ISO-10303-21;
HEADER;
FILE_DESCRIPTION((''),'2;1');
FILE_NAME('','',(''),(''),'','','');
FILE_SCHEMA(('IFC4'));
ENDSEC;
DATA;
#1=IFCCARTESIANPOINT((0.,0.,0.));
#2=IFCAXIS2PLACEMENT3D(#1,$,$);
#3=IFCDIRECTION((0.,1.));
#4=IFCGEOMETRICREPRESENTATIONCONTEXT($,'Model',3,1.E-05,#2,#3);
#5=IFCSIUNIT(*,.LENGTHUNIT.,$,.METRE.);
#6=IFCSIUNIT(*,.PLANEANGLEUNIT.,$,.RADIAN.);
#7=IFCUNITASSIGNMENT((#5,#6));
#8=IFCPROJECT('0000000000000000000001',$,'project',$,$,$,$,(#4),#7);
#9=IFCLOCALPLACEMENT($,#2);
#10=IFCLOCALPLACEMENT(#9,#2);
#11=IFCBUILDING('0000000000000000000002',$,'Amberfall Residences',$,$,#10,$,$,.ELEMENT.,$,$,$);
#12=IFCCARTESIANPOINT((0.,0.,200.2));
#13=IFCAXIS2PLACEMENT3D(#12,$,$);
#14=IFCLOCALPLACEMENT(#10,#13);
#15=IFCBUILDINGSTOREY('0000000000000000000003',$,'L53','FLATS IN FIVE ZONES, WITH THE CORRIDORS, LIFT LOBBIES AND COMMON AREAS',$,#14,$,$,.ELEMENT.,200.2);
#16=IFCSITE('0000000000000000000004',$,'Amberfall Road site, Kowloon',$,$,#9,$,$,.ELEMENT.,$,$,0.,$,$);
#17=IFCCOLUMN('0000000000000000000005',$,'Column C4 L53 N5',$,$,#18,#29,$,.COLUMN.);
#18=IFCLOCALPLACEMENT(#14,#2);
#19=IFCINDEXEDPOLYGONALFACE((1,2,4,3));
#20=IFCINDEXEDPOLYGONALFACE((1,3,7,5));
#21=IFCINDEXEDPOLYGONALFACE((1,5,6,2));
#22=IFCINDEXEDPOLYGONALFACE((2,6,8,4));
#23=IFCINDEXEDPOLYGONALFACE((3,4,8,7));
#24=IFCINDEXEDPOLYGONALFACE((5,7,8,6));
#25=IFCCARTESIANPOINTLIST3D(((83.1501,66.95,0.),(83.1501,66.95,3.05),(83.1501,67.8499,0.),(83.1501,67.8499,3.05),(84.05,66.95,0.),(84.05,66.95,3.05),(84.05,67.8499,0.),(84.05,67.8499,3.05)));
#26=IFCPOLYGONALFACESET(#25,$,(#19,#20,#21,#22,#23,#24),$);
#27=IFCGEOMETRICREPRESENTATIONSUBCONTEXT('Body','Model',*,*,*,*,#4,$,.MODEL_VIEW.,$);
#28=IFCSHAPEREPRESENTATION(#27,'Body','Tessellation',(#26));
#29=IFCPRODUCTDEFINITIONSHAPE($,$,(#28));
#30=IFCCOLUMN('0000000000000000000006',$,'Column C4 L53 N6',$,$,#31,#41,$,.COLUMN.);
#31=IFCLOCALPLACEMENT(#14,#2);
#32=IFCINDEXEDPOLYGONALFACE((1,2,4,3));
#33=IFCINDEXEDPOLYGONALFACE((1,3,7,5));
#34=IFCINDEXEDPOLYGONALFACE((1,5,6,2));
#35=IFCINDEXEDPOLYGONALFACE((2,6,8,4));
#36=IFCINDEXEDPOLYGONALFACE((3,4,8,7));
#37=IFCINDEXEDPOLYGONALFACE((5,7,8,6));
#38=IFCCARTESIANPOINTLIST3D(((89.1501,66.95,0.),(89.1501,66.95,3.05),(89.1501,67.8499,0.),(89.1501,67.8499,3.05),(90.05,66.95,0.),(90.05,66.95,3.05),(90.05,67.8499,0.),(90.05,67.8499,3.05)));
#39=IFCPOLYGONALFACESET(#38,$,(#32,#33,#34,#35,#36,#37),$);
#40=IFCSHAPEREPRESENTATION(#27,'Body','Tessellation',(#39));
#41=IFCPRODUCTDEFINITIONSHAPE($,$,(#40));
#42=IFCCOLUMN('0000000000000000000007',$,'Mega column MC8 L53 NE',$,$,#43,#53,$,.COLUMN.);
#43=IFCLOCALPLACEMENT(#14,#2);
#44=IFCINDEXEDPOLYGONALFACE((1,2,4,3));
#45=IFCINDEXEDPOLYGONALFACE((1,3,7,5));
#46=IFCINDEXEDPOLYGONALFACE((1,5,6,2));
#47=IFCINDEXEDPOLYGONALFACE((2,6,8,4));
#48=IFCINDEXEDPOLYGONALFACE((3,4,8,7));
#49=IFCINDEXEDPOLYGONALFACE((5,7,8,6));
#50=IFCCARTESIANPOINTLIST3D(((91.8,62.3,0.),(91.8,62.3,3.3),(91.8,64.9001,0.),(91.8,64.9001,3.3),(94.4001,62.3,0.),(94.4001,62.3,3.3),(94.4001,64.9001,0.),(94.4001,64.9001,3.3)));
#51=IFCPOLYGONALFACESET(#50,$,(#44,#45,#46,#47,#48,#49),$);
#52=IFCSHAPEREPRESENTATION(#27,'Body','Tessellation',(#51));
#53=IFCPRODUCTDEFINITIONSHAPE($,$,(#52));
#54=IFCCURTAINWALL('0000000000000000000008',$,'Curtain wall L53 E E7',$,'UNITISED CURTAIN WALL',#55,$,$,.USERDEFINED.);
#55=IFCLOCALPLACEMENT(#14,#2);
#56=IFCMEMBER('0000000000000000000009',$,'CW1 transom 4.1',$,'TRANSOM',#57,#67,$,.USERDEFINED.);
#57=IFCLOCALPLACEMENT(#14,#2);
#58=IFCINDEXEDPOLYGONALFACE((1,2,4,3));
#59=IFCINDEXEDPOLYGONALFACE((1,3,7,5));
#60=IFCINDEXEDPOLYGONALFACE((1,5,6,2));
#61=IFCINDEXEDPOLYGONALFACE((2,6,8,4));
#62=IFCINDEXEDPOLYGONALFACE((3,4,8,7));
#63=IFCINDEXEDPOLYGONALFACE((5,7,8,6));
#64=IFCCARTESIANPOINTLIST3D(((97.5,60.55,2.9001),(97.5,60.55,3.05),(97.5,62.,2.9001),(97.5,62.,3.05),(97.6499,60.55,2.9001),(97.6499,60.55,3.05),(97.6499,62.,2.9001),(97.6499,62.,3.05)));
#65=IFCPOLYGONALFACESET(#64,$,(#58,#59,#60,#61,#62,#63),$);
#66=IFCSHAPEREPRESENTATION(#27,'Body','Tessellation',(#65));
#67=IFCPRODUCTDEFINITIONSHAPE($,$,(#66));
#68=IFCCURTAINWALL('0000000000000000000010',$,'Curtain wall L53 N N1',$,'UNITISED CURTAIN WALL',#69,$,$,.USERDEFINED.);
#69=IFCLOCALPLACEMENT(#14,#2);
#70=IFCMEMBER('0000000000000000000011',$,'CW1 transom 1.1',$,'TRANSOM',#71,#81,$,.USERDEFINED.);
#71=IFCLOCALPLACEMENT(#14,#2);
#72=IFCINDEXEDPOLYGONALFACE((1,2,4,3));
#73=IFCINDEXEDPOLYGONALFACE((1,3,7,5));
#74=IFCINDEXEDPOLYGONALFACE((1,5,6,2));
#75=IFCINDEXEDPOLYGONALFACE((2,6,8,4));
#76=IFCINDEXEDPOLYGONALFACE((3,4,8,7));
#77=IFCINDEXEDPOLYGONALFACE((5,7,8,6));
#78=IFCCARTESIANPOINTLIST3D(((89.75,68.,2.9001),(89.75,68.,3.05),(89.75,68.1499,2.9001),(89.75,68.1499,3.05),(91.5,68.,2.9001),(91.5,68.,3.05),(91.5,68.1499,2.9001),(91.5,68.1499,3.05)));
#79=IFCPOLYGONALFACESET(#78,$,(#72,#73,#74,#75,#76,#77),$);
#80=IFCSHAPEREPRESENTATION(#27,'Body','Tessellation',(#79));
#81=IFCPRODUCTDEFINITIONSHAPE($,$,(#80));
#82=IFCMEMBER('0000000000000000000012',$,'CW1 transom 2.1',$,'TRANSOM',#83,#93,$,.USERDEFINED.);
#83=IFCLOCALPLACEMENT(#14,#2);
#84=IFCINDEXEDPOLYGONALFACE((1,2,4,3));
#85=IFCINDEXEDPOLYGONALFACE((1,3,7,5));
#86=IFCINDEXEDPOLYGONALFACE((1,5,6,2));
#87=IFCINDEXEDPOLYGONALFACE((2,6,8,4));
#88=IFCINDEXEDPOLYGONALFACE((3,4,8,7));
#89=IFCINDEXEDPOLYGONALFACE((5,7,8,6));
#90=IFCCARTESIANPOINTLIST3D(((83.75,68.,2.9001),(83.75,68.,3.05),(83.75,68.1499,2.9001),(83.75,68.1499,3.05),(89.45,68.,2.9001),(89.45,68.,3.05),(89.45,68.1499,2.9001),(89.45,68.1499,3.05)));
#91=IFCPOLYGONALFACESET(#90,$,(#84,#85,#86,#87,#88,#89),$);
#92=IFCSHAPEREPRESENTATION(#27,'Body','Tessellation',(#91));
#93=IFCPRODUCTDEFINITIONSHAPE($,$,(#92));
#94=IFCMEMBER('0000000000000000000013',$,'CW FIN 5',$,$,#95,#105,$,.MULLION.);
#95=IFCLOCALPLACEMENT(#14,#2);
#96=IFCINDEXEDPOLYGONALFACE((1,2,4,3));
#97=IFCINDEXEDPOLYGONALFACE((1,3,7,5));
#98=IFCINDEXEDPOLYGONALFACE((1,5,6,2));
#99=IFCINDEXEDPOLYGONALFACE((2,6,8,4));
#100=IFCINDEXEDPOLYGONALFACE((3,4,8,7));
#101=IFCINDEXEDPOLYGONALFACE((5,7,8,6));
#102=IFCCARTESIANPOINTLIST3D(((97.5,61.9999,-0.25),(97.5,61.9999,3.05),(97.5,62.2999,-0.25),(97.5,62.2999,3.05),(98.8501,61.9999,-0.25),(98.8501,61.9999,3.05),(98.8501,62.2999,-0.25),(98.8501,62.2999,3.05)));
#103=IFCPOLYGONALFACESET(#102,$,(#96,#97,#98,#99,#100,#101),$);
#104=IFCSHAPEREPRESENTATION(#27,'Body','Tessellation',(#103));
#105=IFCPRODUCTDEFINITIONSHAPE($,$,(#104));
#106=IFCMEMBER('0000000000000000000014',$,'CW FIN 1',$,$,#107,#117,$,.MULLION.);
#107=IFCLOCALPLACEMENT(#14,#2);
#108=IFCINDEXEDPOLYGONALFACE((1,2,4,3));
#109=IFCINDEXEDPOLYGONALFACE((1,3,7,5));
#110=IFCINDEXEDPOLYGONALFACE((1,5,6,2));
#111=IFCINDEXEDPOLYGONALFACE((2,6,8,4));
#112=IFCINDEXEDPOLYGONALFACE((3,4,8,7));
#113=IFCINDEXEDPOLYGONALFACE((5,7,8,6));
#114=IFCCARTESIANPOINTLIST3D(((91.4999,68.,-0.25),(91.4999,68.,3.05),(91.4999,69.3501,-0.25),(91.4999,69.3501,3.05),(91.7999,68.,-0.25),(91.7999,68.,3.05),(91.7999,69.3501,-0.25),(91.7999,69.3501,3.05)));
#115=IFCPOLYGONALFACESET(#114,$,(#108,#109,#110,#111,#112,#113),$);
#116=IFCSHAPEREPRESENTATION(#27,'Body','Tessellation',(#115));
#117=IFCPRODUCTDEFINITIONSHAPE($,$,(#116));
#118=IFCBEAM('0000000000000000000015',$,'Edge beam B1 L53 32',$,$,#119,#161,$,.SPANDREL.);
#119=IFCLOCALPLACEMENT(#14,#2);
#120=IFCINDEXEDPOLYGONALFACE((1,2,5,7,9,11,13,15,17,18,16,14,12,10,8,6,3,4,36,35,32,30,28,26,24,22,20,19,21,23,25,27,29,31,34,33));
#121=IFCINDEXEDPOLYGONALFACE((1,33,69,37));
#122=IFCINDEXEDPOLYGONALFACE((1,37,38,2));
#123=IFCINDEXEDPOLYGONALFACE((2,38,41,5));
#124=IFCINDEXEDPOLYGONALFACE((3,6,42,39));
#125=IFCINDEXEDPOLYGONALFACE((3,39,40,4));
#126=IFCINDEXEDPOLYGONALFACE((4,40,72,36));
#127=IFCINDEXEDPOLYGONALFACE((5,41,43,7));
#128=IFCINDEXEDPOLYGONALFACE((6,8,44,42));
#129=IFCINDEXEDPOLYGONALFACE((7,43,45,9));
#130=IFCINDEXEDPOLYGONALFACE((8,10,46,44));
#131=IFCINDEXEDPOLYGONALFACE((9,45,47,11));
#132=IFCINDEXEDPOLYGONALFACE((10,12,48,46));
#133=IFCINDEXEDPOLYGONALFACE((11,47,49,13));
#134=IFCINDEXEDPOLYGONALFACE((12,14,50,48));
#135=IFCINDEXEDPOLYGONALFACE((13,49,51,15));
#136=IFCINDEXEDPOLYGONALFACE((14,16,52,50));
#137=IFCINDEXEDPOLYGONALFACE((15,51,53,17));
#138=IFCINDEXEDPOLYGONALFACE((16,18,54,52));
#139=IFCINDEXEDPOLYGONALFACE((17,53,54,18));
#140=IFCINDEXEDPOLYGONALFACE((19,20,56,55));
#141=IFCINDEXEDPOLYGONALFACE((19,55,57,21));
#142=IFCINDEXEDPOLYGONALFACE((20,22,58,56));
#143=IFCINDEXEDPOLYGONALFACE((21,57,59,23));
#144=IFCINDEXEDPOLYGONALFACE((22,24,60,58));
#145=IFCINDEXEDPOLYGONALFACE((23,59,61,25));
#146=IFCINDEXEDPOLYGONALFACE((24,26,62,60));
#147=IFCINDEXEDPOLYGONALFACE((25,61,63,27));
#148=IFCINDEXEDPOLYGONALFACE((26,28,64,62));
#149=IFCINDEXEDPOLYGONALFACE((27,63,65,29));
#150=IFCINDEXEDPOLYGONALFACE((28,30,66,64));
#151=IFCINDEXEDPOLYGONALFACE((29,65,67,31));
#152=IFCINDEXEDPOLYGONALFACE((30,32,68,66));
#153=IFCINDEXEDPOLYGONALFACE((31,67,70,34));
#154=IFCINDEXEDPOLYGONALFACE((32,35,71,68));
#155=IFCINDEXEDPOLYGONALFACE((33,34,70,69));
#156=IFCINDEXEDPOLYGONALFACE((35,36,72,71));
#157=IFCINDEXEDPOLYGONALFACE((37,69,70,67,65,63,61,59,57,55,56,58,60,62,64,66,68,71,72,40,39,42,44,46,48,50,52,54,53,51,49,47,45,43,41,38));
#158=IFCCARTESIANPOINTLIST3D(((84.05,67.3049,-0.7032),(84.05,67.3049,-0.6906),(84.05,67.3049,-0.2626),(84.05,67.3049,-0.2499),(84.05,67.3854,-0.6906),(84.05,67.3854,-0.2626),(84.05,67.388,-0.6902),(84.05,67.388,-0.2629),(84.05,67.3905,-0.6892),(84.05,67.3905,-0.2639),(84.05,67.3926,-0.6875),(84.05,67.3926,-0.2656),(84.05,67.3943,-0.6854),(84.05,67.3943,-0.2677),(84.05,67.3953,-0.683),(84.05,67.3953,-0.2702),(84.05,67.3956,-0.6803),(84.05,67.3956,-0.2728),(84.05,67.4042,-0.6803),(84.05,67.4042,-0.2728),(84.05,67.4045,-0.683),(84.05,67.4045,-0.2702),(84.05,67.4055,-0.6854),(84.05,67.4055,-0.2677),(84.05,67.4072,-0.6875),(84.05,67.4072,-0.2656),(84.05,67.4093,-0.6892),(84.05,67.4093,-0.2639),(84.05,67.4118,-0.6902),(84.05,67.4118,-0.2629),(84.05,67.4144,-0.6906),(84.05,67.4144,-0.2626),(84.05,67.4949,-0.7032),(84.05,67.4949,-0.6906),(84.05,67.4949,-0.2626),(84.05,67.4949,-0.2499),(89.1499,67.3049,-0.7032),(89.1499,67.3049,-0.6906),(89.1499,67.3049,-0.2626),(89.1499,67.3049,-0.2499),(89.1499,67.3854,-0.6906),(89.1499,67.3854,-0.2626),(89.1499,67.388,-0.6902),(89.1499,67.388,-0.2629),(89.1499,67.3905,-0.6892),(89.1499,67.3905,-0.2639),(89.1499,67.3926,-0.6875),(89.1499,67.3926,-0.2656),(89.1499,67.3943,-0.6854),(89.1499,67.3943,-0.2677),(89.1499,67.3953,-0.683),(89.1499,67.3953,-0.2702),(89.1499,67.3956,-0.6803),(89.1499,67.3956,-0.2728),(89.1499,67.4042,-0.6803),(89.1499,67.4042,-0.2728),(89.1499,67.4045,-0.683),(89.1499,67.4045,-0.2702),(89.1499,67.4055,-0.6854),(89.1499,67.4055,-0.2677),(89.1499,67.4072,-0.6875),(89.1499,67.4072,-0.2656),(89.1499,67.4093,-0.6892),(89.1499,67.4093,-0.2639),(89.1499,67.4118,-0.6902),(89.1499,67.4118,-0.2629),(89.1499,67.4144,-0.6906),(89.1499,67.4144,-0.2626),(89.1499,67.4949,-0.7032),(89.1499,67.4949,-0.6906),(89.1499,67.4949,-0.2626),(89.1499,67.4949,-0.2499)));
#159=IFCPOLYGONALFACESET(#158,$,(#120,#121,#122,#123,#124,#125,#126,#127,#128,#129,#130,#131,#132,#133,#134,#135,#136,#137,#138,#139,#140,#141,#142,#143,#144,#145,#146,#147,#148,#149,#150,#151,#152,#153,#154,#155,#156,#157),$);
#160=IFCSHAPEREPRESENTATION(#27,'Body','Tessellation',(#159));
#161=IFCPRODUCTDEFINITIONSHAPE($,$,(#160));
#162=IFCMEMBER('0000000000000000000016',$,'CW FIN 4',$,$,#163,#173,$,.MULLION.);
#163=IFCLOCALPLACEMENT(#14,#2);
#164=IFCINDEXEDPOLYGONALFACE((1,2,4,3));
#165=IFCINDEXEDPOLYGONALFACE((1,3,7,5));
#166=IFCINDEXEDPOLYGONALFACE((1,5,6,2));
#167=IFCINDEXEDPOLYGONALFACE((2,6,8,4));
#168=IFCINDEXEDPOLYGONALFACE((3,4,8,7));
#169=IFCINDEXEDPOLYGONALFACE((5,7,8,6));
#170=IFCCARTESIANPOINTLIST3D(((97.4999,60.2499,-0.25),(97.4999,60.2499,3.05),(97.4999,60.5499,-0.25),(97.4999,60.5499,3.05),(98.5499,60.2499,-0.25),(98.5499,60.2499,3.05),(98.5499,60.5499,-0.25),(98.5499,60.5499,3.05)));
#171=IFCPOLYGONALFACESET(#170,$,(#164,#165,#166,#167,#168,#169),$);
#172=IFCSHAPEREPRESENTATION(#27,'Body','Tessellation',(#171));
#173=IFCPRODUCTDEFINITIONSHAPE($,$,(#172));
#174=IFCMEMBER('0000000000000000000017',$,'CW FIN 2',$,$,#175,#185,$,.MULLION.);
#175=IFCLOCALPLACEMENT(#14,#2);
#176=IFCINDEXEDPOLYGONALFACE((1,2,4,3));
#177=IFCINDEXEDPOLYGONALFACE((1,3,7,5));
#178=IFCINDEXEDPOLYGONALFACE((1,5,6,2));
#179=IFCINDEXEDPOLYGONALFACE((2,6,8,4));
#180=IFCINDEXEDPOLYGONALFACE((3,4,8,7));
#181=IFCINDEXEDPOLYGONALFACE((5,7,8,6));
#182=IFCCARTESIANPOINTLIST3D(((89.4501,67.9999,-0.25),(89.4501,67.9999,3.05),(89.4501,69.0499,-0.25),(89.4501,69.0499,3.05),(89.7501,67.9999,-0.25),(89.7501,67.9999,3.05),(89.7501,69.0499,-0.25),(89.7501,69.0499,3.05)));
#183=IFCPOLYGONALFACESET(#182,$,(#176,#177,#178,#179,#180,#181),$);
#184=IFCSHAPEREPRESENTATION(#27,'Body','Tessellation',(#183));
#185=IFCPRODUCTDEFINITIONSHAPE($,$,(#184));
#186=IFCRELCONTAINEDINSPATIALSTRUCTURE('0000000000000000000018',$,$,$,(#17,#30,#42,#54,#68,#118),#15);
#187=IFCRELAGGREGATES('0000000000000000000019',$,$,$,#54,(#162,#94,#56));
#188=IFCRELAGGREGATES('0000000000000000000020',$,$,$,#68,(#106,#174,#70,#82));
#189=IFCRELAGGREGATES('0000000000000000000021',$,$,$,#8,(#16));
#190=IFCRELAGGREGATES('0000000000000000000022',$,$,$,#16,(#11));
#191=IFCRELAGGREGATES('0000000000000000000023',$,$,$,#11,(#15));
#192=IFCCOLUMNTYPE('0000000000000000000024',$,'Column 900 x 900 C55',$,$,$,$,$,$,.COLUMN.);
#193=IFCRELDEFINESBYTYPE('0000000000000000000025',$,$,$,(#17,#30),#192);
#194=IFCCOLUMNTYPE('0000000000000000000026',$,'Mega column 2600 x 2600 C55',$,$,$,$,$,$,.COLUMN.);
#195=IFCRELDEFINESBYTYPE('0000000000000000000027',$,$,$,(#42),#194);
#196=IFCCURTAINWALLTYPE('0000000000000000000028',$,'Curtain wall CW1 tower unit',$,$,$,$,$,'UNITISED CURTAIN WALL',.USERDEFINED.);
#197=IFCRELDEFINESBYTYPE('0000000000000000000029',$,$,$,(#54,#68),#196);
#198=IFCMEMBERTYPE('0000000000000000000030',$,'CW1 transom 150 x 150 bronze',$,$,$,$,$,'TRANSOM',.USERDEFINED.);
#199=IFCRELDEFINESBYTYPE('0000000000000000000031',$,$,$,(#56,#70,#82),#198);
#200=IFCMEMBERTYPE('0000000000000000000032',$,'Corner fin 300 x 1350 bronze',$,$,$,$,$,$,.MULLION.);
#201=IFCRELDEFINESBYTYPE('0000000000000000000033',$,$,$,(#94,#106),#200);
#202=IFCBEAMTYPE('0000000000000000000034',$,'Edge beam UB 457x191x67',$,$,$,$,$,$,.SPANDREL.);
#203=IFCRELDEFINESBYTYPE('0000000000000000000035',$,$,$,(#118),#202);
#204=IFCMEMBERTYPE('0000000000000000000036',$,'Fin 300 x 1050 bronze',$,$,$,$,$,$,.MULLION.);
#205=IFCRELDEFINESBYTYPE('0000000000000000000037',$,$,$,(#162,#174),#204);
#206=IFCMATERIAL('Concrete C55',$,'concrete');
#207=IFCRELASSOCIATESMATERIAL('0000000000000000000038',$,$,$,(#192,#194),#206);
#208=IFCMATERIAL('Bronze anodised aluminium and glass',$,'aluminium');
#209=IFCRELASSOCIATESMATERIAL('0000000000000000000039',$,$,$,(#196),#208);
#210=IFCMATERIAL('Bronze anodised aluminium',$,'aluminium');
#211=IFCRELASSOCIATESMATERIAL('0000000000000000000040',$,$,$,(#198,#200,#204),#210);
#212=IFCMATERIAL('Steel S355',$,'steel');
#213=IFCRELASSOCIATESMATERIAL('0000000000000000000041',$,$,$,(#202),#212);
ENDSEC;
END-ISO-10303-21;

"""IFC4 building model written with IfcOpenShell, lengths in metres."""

from ifc_helpers import new_model, si_unit, direction, frame, origin, origin_2d, place, context, subcontext, project, spatial, rectangle, i_section, extrude, material, material_profile, profile_set, type_object, element, aggregate, save


model = new_model("IFC4")

# Units and contexts
model_context = context("Model", 3, precision=1e-05, world=origin(), true_north=direction((0.0, 1.0)))
body_context = subcontext(model_context, "Body", "Model", "MODEL_VIEW")
ifc_project = project(units=[si_unit("LENGTHUNIT", "METRE"), si_unit("PLANEANGLEUNIT", "RADIAN")], contexts=[model_context])

# Site, building, storey
site_placement = place(None, origin())
site = spatial("IfcSite", under=ifc_project, at=site_placement, Name="Amberfall Road site, Kowloon", CompositionType="ELEMENT", RefElevation=0.0)
building_placement = place(site_placement, origin())
building = spatial("IfcBuilding", under=site, at=building_placement, Name="Amberfall Residences", CompositionType="ELEMENT")
storey_placement = place(building_placement, frame((0.0, 0.0, 200.2)))
storey = spatial("IfcBuildingStorey", under=building, at=storey_placement, Name="L53", Description="FLATS IN FIVE ZONES, WITH THE CORRIDORS, LIFT LOBBIES AND COMMON AREAS", CompositionType="ELEMENT", Elevation=200.2)

# Columns
ifc_material_1 = material(Name="Concrete C55", Category="concrete")
ifc_material_profile_1 = material_profile(ifc_material_1, rectangle(XDim=0.8999, YDim=0.8999, at=origin_2d()), Name="Column 900 x 900 C55")
ifc_profile_set_1 = profile_set([ifc_material_profile_1], Name="Concrete C55")
column_type_1 = type_object("IfcColumnType", Name="Column 900 x 900 C55", PredefinedType="COLUMN", material=ifc_profile_set_1)
for number, where, z_axis, x_axis, name in (
    (1, (83.6001, 67.3999, 0.0), (0.0, 0.0, 1.0), (1.0, 0.0, 0.0), "Column C4 L53 N5"),
    (2, (89.6001, 67.3999, 0.0), (0.0, 0.0, 1.0), (1.0, 0.0, 0.0), "Column C4 L53 N6"),
):
    element("IfcColumn", number, at=place(storey_placement, frame(where, z_axis=z_axis, x_axis=x_axis)), inside=storey, type_object=column_type_1, Name=name, PredefinedType="COLUMN", context=body_context, shape_type="SweptSolid", body=[
        extrude(rectangle(XDim=0.8999, YDim=0.8999, at=origin_2d()), origin(), (0.0, 0.0, 1.0), 3.05),
    ])
ifc_material_profile_2 = material_profile(ifc_material_1, rectangle(XDim=2.6001, YDim=2.6001, at=origin_2d()), Name="Mega column 2600 x 2600 C55")
ifc_profile_set_2 = profile_set([ifc_material_profile_2], Name="Concrete C55")
column_type_2 = type_object("IfcColumnType", Name="Mega column 2600 x 2600 C55", PredefinedType="COLUMN", material=ifc_profile_set_2)
column_placement = place(storey_placement, frame((93.1001, 63.6001, 0.0), z_axis=(0.0, 0.0, 1.0), x_axis=(1.0, 0.0, 0.0)))
element("IfcColumn", 3, at=column_placement, inside=storey, type_object=column_type_2, Name="Mega column MC8 L53 NE", PredefinedType="COLUMN", context=body_context, shape_type="SweptSolid", body=[
    extrude(rectangle(XDim=2.6001, YDim=2.6001, at=origin_2d()), origin(), (0.0, 0.0, 1.0), 3.3),
])

# Curtain wall, member
ifc_material_2 = material(Name="Bronze anodised aluminium and glass", Category="aluminium")
curtain_wall_type = type_object("IfcCurtainWallType", Name="Curtain wall CW1 tower unit", ElementType="UNITISED CURTAIN WALL", PredefinedType="USERDEFINED", material=ifc_material_2)
curtain_wall_1_placement = place(storey_placement, origin())
curtain_wall_1 = element("IfcCurtainWall", 4, at=curtain_wall_1_placement, inside=storey, type_object=curtain_wall_type, Name="Curtain wall L53 E E7", ObjectType="UNITISED CURTAIN WALL", PredefinedType="USERDEFINED")
ifc_material_3 = material(Name="Bronze anodised aluminium", Category="aluminium")
ifc_material_profile_3 = material_profile(ifc_material_3, rectangle(XDim=0.1499, YDim=0.1499, at=origin_2d()), Name="CW1 transom 150 x 150 bronze")
ifc_profile_set_3 = profile_set([ifc_material_profile_3], Name="Bronze anodised aluminium")
member_type_1 = type_object("IfcMemberType", Name="CW1 transom 150 x 150 bronze", ElementType="TRANSOM", PredefinedType="USERDEFINED", material=ifc_profile_set_3)
member_1_placement = place(storey_placement, frame((97.575, 60.55, 2.9751), z_axis=(0.0, 1.0, 0.0), x_axis=(-1.0, 0.0, 0.0)))
member_1 = element("IfcMember", 5, at=member_1_placement, type_object=member_type_1, Name="CW1 transom 4.1", ObjectType="TRANSOM", PredefinedType="USERDEFINED", context=body_context, shape_type="SweptSolid", body=[
    extrude(rectangle(XDim=0.1499, YDim=0.1499, at=origin_2d()), origin(), (0.0, 0.0, 1.0), 1.45),
])

# Curtain wall, members
curtain_wall_2_placement = place(storey_placement, origin())
curtain_wall_2 = element("IfcCurtainWall", 6, at=curtain_wall_2_placement, inside=storey, type_object=curtain_wall_type, Name="Curtain wall L53 N N1", ObjectType="UNITISED CURTAIN WALL", PredefinedType="USERDEFINED")
member_2_placement = place(storey_placement, frame((91.5, 68.075, 2.9751), z_axis=(-1.0, 0.0, 0.0), x_axis=(0.0, -1.0, 0.0)))
member_2 = element("IfcMember", 7, at=member_2_placement, type_object=member_type_1, Name="CW1 transom 1.1", ObjectType="TRANSOM", PredefinedType="USERDEFINED", context=body_context, shape_type="SweptSolid", body=[
    extrude(rectangle(XDim=0.1499, YDim=0.1499, at=origin_2d()), origin(), (0.0, 0.0, 1.0), 1.75),
])
member_3_placement = place(storey_placement, frame((89.45, 68.075, 2.9751), z_axis=(-1.0, 0.0, 0.0), x_axis=(0.0, -1.0, 0.0)))
member_3 = element("IfcMember", 8, at=member_3_placement, type_object=member_type_1, Name="CW1 transom 2.1", ObjectType="TRANSOM", PredefinedType="USERDEFINED", context=body_context, shape_type="SweptSolid", body=[
    extrude(rectangle(XDim=0.1499, YDim=0.1499, at=origin_2d()), origin(), (0.0, 0.0, 1.0), 5.7),
])

# Members
ifc_material_profile_4 = material_profile(ifc_material_3, rectangle(XDim=1.3501, YDim=0.3, at=origin_2d()), Name="Corner fin 300 x 1350 bronze")
ifc_profile_set_4 = profile_set([ifc_material_profile_4], Name="Bronze anodised aluminium")
member_type_2 = type_object("IfcMemberType", Name="Corner fin 300 x 1350 bronze", PredefinedType="MULLION", material=ifc_profile_set_4)
member_4_placement = place(storey_placement, frame((98.175, 62.1499, -0.25), z_axis=(0.0, 0.0, 1.0), x_axis=(-1.0, 0.0, 0.0)))
member_4 = element("IfcMember", 9, at=member_4_placement, type_object=member_type_2, Name="CW FIN 5", PredefinedType="MULLION", context=body_context, shape_type="SweptSolid", body=[
    extrude(rectangle(XDim=1.3501, YDim=0.3, at=origin_2d()), origin(), (0.0, 0.0, 1.0), 3.3),
])
member_5_placement = place(storey_placement, frame((91.6499, 68.675, -0.25), z_axis=(0.0, 0.0, 1.0), x_axis=(0.0, -1.0, 0.0)))
member_5 = element("IfcMember", 10, at=member_5_placement, type_object=member_type_2, Name="CW FIN 1", PredefinedType="MULLION", context=body_context, shape_type="SweptSolid", body=[
    extrude(rectangle(XDim=1.3501, YDim=0.3, at=origin_2d()), origin(), (0.0, 0.0, 1.0), 3.3),
])

# Beam
ifc_material_4 = material(Name="Steel S355", Category="steel")
ifc_material_profile_5 = material_profile(ifc_material_4, i_section(OverallWidth=0.1899, OverallDepth=0.4534, WebThickness=0.0085, FlangeThickness=0.0127, FilletRadius=0.0103, at=origin_2d()), Name="UB 457x191x67")
ifc_profile_set_5 = profile_set([ifc_material_profile_5], Name="Steel S355")
beam_type_1 = type_object("IfcBeamType", Name="Edge beam UB 457x191x67", PredefinedType="SPANDREL", material=ifc_profile_set_5)
beam_1_placement = place(storey_placement, frame((84.05, 67.3999, -0.4766), z_axis=(1.0, 0.0, 0.0), x_axis=(0.0, 1.0, 0.0)))
element("IfcBeam", 11, at=beam_1_placement, inside=storey, type_object=beam_type_1, Name="Edge beam B1 L53 32", PredefinedType="SPANDREL", context=body_context, shape_type="SweptSolid", body=[
    extrude(i_section(OverallWidth=0.1899, OverallDepth=0.4534, WebThickness=0.0085, FlangeThickness=0.0127, FilletRadius=0.0103, at=origin_2d()), origin(), (0.0, 0.0, 1.0), 5.0999),
])

# Members
ifc_material_profile_6 = material_profile(ifc_material_3, rectangle(XDim=1.05, YDim=0.3, at=origin_2d()), Name="Fin 300 x 1050 bronze")
ifc_profile_set_6 = profile_set([ifc_material_profile_6], Name="Bronze anodised aluminium")
member_type_3 = type_object("IfcMemberType", Name="Fin 300 x 1050 bronze", PredefinedType="MULLION", material=ifc_profile_set_6)
member_6_placement = place(storey_placement, frame((98.0249, 60.3999, -0.25), z_axis=(0.0, 0.0, 1.0), x_axis=(-1.0, 0.0, 0.0)))
member_6 = element("IfcMember", 12, at=member_6_placement, type_object=member_type_3, Name="CW FIN 4", PredefinedType="MULLION", context=body_context, shape_type="SweptSolid", body=[
    extrude(rectangle(XDim=1.05, YDim=0.3, at=origin_2d()), origin(), (0.0, 0.0, 1.0), 3.3),
])
member_7_placement = place(storey_placement, frame((89.6001, 68.5249, -0.25), z_axis=(0.0, 0.0, 1.0), x_axis=(0.0, -1.0, 0.0)))
member_7 = element("IfcMember", 13, at=member_7_placement, type_object=member_type_3, Name="CW FIN 2", PredefinedType="MULLION", context=body_context, shape_type="SweptSolid", body=[
    extrude(rectangle(XDim=1.05, YDim=0.3, at=origin_2d()), origin(), (0.0, 0.0, 1.0), 3.3),
])

aggregate(curtain_wall_1, [member_6, member_4, member_1])
aggregate(curtain_wall_2, [member_5, member_7, member_2, member_3])

save(model, "model.ifc")
